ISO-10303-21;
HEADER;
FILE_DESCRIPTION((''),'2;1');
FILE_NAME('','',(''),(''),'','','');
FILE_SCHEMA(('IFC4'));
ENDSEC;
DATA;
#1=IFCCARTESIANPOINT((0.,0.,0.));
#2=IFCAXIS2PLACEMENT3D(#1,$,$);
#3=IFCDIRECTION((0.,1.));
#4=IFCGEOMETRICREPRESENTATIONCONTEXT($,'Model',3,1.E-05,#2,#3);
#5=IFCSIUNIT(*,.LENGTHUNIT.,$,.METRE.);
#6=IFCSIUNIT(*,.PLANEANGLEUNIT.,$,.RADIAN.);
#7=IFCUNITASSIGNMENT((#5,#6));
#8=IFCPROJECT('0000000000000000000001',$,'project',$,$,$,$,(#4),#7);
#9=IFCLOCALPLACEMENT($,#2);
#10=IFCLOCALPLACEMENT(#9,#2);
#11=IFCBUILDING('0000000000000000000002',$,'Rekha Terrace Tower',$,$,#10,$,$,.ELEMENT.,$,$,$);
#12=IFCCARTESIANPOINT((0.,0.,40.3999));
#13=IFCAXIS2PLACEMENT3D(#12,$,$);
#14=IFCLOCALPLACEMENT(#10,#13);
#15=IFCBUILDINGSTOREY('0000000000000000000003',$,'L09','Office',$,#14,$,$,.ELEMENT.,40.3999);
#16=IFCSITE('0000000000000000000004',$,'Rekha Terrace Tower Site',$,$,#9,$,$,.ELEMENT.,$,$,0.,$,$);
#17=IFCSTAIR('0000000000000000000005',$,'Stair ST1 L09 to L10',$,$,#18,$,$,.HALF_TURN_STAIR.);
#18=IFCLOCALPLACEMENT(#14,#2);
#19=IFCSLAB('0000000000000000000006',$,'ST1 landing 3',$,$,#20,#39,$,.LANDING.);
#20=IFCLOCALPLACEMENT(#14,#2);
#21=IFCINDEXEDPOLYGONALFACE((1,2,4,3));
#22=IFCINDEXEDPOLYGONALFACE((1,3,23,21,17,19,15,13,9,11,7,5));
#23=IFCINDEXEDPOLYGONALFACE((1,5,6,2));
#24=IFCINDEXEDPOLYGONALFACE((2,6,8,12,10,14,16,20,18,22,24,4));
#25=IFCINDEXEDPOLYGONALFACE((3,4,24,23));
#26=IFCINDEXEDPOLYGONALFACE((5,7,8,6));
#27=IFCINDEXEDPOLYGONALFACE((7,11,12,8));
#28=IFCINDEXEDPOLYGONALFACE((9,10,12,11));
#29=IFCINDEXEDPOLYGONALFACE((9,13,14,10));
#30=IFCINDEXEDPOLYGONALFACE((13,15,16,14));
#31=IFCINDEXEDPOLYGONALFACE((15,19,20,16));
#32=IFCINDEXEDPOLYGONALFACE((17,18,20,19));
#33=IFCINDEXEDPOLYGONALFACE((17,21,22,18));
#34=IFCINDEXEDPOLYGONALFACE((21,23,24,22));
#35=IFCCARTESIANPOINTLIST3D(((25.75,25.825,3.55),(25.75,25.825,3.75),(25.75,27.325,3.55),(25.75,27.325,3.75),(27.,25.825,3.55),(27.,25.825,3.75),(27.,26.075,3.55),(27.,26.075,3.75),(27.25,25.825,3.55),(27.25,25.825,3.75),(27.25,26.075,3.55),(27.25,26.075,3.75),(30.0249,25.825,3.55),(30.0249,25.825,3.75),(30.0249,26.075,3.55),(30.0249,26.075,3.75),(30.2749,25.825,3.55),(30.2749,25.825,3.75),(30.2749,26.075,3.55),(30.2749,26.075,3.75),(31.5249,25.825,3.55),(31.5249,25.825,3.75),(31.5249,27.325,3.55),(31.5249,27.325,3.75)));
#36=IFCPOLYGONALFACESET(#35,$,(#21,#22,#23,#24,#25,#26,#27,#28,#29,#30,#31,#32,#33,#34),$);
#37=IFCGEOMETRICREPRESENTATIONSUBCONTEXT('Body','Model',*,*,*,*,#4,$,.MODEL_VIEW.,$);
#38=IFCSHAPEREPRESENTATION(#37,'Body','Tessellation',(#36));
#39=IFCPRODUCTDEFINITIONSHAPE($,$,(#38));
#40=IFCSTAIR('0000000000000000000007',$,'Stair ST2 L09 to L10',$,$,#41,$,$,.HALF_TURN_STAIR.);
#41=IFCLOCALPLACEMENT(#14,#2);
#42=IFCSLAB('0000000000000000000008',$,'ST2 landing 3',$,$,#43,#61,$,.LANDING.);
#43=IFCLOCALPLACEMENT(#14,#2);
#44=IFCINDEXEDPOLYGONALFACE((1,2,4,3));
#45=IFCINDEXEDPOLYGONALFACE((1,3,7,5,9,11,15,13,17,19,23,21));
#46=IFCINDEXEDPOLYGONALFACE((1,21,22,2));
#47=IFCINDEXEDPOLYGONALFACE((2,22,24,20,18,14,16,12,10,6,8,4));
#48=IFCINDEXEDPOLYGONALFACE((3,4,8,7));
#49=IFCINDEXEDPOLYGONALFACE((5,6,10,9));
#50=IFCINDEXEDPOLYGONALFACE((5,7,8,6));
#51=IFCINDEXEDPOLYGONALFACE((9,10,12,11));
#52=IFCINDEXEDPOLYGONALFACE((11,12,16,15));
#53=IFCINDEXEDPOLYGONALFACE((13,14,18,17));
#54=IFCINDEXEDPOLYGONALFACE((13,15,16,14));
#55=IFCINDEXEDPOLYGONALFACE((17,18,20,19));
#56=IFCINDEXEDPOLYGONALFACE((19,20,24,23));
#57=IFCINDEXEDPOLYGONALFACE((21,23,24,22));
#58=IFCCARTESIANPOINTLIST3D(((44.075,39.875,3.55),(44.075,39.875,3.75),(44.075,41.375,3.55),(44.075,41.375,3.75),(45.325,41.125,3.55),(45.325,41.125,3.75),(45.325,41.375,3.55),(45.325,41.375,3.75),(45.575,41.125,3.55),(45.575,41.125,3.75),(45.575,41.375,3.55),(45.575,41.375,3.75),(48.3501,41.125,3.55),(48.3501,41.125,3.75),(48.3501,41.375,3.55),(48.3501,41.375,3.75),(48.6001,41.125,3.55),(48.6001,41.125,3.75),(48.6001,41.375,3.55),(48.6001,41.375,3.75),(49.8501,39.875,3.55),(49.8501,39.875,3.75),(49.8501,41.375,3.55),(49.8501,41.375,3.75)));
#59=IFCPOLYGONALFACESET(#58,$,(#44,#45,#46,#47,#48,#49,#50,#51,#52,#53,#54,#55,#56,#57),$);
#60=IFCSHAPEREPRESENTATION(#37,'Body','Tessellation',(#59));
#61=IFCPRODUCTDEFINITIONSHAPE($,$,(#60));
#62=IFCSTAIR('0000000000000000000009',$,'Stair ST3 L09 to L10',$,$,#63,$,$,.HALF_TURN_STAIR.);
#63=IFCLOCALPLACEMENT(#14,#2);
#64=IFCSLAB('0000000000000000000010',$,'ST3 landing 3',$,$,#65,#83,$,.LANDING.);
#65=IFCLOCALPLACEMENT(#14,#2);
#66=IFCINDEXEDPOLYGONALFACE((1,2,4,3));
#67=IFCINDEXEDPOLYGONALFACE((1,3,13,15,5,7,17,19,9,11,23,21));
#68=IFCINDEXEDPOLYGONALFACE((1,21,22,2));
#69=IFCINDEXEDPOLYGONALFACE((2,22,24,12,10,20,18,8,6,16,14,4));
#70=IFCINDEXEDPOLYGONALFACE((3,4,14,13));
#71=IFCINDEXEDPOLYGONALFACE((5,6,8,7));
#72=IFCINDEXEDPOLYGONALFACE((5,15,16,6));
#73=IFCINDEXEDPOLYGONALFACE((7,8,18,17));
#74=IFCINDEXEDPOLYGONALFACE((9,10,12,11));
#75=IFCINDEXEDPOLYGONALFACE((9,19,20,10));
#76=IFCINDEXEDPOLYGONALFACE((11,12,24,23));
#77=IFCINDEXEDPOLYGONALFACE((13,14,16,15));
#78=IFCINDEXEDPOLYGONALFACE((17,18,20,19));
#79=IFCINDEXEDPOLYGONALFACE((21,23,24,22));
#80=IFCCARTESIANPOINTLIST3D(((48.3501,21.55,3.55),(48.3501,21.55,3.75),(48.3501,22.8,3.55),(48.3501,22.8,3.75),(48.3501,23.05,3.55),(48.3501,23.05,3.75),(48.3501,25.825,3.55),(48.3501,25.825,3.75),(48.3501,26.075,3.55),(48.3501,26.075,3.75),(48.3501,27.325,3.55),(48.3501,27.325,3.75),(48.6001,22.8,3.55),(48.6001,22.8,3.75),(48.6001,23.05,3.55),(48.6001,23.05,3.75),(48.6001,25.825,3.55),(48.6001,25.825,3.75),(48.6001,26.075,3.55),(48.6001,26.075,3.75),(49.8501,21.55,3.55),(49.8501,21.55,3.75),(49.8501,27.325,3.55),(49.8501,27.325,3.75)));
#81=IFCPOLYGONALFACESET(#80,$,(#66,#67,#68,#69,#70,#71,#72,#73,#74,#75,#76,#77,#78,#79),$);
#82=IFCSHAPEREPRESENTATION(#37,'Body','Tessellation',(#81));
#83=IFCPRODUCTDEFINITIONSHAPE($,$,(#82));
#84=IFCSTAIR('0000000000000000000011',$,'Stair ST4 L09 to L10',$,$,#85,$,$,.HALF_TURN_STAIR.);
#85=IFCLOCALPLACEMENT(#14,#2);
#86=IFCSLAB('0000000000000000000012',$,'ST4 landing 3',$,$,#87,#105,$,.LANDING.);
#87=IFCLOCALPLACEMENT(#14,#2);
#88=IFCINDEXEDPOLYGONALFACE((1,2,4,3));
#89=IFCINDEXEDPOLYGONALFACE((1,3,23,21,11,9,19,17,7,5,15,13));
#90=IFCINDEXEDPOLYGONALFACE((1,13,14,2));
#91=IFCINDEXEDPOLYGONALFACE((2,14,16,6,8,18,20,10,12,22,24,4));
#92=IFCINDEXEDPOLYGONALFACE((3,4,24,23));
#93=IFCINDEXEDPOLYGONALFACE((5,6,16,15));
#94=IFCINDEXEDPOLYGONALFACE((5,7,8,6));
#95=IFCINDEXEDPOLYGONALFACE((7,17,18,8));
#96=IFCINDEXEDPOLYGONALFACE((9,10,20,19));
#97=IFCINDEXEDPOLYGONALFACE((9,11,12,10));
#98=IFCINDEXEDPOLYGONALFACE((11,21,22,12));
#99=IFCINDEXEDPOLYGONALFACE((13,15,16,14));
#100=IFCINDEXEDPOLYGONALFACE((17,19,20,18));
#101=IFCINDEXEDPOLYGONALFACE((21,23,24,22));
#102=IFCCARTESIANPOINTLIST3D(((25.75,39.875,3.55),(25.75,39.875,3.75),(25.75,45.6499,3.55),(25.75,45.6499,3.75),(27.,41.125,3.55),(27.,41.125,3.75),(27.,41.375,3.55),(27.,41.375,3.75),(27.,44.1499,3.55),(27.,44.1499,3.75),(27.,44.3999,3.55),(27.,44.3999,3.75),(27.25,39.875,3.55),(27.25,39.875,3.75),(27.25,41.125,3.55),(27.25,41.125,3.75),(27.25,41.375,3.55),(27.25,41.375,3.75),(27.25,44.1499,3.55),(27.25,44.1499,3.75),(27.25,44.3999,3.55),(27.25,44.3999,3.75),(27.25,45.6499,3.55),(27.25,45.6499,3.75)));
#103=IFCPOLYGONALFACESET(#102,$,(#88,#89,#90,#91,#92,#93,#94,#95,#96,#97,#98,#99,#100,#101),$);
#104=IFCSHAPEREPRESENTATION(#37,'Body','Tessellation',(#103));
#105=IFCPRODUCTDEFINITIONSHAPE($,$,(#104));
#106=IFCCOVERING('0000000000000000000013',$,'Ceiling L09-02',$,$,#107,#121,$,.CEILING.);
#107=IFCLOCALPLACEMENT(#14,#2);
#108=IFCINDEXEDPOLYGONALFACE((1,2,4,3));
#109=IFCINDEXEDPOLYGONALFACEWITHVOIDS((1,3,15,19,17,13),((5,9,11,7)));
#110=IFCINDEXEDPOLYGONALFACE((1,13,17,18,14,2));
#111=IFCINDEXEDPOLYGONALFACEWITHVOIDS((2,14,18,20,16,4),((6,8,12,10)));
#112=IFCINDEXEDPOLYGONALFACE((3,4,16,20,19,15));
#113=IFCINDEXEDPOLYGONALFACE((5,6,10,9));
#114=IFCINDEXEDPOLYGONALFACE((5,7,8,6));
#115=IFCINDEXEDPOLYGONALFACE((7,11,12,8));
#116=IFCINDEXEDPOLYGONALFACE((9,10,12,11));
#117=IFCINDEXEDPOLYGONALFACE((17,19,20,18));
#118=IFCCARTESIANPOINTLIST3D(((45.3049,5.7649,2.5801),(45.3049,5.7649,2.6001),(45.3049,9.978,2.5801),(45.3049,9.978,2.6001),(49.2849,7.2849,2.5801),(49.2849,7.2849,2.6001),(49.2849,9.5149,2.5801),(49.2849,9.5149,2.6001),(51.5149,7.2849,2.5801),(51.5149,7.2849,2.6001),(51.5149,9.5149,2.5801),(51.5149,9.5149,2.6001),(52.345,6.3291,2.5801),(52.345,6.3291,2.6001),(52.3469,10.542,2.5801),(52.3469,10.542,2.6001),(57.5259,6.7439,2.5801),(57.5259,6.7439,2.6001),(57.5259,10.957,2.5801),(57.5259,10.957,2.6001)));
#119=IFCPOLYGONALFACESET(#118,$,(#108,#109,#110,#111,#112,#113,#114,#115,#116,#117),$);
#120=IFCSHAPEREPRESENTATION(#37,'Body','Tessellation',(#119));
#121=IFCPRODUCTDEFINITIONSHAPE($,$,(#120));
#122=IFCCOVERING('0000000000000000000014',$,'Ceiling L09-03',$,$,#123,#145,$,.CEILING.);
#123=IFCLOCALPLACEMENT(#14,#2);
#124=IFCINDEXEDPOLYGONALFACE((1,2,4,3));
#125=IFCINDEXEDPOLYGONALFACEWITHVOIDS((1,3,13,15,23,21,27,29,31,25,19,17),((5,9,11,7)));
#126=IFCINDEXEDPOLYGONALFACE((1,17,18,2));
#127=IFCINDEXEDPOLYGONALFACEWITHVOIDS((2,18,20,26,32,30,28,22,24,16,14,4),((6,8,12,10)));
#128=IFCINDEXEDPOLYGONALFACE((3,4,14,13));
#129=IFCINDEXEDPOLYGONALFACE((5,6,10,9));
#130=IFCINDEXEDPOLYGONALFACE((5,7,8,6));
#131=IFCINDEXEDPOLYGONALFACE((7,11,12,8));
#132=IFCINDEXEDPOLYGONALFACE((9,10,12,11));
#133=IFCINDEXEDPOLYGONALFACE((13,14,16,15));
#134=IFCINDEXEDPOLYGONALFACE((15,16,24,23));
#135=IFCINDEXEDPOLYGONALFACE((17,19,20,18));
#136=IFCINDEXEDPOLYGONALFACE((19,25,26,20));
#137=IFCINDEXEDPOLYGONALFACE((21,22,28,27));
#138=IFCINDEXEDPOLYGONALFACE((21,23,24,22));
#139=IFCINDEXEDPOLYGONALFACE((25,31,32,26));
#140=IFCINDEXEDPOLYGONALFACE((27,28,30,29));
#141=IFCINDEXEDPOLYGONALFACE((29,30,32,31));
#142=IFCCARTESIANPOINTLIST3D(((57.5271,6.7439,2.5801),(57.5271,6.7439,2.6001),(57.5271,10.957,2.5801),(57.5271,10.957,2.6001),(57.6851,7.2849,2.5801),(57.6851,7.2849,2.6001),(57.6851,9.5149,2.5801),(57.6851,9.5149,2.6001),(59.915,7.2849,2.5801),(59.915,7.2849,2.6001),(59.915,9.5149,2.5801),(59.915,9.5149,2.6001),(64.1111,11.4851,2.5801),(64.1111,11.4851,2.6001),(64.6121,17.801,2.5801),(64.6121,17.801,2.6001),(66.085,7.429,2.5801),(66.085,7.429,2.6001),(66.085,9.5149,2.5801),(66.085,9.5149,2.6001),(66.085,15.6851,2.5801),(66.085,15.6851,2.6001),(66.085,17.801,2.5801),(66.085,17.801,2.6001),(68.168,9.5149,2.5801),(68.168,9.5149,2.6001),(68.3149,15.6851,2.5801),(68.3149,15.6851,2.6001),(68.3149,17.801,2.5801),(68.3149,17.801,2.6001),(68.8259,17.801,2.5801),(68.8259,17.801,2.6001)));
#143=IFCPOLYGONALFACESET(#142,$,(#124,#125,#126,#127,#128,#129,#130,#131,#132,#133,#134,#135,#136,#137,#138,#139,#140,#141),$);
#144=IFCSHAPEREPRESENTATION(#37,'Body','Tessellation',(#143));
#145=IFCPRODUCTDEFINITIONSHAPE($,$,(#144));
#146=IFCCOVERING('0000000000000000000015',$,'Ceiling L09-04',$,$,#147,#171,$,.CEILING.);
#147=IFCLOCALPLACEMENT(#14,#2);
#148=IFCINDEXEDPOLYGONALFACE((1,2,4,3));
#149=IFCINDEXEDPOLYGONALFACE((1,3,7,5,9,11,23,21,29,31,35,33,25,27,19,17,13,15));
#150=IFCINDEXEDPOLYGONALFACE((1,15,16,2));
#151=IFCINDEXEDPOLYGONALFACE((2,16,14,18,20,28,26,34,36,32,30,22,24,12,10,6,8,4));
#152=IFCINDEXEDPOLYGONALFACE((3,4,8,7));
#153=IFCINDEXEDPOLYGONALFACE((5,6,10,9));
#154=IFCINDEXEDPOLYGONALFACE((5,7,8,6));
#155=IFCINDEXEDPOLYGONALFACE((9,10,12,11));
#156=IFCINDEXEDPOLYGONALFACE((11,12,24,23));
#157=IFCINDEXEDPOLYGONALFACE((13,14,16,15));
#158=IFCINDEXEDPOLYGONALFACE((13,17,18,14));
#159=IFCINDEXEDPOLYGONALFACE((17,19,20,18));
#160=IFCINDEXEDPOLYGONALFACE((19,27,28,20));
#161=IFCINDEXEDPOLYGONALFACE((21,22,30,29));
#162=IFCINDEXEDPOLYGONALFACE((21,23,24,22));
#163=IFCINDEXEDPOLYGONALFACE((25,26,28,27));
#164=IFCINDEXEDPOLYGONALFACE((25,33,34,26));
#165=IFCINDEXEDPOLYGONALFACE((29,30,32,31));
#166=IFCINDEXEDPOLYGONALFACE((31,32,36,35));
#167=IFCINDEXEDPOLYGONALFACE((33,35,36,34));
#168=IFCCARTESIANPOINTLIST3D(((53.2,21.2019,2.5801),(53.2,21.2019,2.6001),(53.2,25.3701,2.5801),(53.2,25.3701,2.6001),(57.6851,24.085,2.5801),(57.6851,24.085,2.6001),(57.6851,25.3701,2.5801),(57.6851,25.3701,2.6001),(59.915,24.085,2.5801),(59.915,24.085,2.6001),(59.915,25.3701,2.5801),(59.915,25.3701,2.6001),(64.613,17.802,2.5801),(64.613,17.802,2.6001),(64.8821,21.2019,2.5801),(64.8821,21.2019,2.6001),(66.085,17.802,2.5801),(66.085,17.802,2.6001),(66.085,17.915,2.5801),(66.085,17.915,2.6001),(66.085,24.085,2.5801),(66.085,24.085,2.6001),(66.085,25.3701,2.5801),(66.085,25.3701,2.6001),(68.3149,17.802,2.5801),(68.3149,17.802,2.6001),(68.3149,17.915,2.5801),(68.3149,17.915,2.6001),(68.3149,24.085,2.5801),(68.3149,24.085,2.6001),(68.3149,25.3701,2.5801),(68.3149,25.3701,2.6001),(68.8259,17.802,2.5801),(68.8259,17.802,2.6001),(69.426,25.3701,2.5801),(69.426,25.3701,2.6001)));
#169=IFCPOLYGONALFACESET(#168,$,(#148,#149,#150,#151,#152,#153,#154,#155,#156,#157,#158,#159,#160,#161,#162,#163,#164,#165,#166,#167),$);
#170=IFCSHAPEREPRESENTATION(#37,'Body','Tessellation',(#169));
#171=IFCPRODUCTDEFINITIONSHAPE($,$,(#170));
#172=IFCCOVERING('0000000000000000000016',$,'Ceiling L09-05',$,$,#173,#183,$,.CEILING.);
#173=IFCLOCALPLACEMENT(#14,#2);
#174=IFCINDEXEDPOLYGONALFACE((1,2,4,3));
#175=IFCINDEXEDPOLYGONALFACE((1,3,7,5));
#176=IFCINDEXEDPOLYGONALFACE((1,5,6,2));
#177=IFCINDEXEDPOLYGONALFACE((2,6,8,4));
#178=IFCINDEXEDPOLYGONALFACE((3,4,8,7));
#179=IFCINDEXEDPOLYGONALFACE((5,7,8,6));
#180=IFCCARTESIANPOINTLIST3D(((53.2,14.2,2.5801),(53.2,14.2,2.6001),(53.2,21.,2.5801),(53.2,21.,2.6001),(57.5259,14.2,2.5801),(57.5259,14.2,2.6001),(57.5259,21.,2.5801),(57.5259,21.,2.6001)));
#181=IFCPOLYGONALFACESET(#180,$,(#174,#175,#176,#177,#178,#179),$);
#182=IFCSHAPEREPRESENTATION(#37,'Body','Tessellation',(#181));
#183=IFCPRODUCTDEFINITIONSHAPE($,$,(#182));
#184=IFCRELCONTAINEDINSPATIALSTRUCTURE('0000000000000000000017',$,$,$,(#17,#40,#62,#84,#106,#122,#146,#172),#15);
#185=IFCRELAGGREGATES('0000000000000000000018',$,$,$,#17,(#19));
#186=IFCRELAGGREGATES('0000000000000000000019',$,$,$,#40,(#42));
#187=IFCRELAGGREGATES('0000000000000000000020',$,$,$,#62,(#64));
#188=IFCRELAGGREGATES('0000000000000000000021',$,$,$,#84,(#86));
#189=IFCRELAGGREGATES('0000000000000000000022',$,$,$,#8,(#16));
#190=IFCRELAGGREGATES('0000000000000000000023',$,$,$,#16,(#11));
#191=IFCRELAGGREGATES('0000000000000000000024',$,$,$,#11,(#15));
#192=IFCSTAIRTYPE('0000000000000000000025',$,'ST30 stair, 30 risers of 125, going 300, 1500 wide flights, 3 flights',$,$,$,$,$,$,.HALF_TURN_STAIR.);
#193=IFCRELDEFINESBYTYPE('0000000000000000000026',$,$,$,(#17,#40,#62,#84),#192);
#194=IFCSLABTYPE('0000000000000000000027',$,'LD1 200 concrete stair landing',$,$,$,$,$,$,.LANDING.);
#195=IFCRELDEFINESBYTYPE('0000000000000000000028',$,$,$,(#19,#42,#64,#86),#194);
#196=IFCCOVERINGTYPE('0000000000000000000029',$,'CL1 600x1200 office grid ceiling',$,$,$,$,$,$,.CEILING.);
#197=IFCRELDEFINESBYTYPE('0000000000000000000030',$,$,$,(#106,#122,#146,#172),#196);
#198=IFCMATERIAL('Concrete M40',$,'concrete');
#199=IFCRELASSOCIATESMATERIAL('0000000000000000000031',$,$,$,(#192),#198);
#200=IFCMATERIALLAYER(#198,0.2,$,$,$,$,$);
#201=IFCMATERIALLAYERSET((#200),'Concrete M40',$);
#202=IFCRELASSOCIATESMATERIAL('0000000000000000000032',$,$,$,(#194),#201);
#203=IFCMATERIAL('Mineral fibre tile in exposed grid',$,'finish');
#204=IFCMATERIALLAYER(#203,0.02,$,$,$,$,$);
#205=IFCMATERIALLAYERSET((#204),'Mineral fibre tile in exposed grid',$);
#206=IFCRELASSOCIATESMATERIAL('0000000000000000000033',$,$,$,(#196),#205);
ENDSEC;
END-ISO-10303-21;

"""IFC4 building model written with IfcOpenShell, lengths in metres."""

from ifc_helpers import new_model, si_unit, direction, frame, origin, place, context, subcontext, project, spatial, polyline, outline, extrude, material, layer, layer_set, type_object, element, aggregate, save


model = new_model("IFC4")

# Units and contexts
model_context = context("Model", 3, precision=1e-05, world=origin(), true_north=direction((0.0, 1.0)))
body_context = subcontext(model_context, "Body", "Model", "MODEL_VIEW")
ifc_project = project(units=[si_unit("LENGTHUNIT", "METRE"), si_unit("PLANEANGLEUNIT", "RADIAN")], contexts=[model_context])

# Site, building, storey
site_placement = place(None, origin())
site = spatial("IfcSite", under=ifc_project, at=site_placement, Name="Rekha Terrace Tower Site", CompositionType="ELEMENT", RefElevation=0.0)
building_placement = place(site_placement, origin())
building = spatial("IfcBuilding", under=site, at=building_placement, Name="Rekha Terrace Tower", CompositionType="ELEMENT")
storey_placement = place(building_placement, frame((0.0, 0.0, 40.3999)))
storey = spatial("IfcBuildingStorey", under=building, at=storey_placement, Name="L09", Description="Office", CompositionType="ELEMENT", Elevation=40.3999)

# Stairs, slabs
ifc_material_1 = material(Name="Concrete M40", Category="concrete")
stair_type = type_object("IfcStairType", Name="ST30 stair, 30 risers of 125, going 300, 1500 wide flights, 3 flights", PredefinedType="HALF_TURN_STAIR", material=ifc_material_1)
stair_1_placement = place(storey_placement, origin())
stair_1 = element("IfcStair", 1, at=stair_1_placement, inside=storey, type_object=stair_type, Name="Stair ST1 L09 to L10", PredefinedType="HALF_TURN_STAIR")
ifc_layer_1 = layer(ifc_material_1, 0.2)
ifc_layer_set_1 = layer_set([ifc_layer_1], Name="Concrete M40")
slab_type = type_object("IfcSlabType", Name="LD1 200 concrete stair landing", PredefinedType="LANDING", material=ifc_layer_set_1)
slab_1_placement = place(storey_placement, frame((0.0, 0.0, 3.55)))
slab_1 = element("IfcSlab", 2, at=slab_1_placement, type_object=slab_type, Name="ST1 landing 3", PredefinedType="LANDING", context=body_context, shape_type="SweptSolid", body=[
    extrude(outline(polyline([(31.5249, 25.825), (31.5249, 27.325), (25.75, 27.325), (25.75, 25.825), (27.0, 25.825), (27.0, 26.075), (27.25, 26.075), (27.25, 25.825), (30.0249, 25.825), (30.0249, 26.075), (30.2749, 26.075), (30.2749, 25.825), (31.5249, 25.825)])), origin(), (0.0, 0.0, 1.0), 0.2),
])
aggregate(stair_1, [slab_1])
stair_2_placement = place(storey_placement, origin())
stair_2 = element("IfcStair", 3, at=stair_2_placement, inside=storey, type_object=stair_type, Name="Stair ST2 L09 to L10", PredefinedType="HALF_TURN_STAIR")
slab_2_placement = place(storey_placement, frame((0.0, 0.0, 3.55)))
slab_2 = element("IfcSlab", 4, at=slab_2_placement, type_object=slab_type, Name="ST2 landing 3", PredefinedType="LANDING", context=body_context, shape_type="SweptSolid", body=[
    extrude(outline(polyline([(44.075, 41.375), (44.075, 39.875), (49.8501, 39.875), (49.8501, 41.375), (48.6001, 41.375), (48.6001, 41.125), (48.3501, 41.125), (48.3501, 41.375), (45.575, 41.375), (45.575, 41.125), (45.325, 41.125), (45.325, 41.375), (44.075, 41.375)])), origin(), (0.0, 0.0, 1.0), 0.2),
])
aggregate(stair_2, [slab_2])
stair_3_placement = place(storey_placement, origin())
stair_3 = element("IfcStair", 5, at=stair_3_placement, inside=storey, type_object=stair_type, Name="Stair ST3 L09 to L10", PredefinedType="HALF_TURN_STAIR")
slab_3_placement = place(storey_placement, frame((0.0, 0.0, 3.55)))
slab_3 = element("IfcSlab", 6, at=slab_3_placement, type_object=slab_type, Name="ST3 landing 3", PredefinedType="LANDING", context=body_context, shape_type="SweptSolid", body=[
    extrude(outline(polyline([(48.3501, 21.55), (49.8501, 21.55), (49.8501, 27.325), (48.3501, 27.325), (48.3501, 26.075), (48.6001, 26.075), (48.6001, 25.825), (48.3501, 25.825), (48.3501, 23.05), (48.6001, 23.05), (48.6001, 22.8), (48.3501, 22.8), (48.3501, 21.55)])), origin(), (0.0, 0.0, 1.0), 0.2),
])
aggregate(stair_3, [slab_3])
stair_4_placement = place(storey_placement, origin())
stair_4 = element("IfcStair", 7, at=stair_4_placement, inside=storey, type_object=stair_type, Name="Stair ST4 L09 to L10", PredefinedType="HALF_TURN_STAIR")
slab_4_placement = place(storey_placement, frame((0.0, 0.0, 3.55)))
slab_4 = element("IfcSlab", 8, at=slab_4_placement, type_object=slab_type, Name="ST4 landing 3", PredefinedType="LANDING", context=body_context, shape_type="SweptSolid", body=[
    extrude(outline(polyline([(27.25, 39.875), (25.75, 39.875), (25.75, 45.6499), (27.25, 45.6499), (27.25, 44.3999), (27.0, 44.3999), (27.0, 44.1499), (27.25, 44.1499), (27.25, 41.375), (27.0, 41.375), (27.0, 41.125), (27.25, 41.125), (27.25, 39.875)])), origin(), (0.0, 0.0, 1.0), 0.2),
])
aggregate(stair_4, [slab_4])

# Coverings
ifc_material_2 = material(Name="Mineral fibre tile in exposed grid", Category="finish")
ifc_layer_2 = layer(ifc_material_2, 0.02)
ifc_layer_set_2 = layer_set([ifc_layer_2], Name="Mineral fibre tile in exposed grid")
covering_type_1 = type_object("IfcCoveringType", Name="CL1 600x1200 office grid ceiling", PredefinedType="CEILING", material=ifc_layer_set_2)
covering_1_placement = place(storey_placement, frame((0.0, 0.0, 2.5801)))
element("IfcCovering", 9, at=covering_1_placement, inside=storey, type_object=covering_type_1, Name="Ceiling L09-02", PredefinedType="CEILING", context=body_context, shape_type="SweptSolid", body=[
    extrude(outline(polyline([(52.3469, 10.542), (45.3049, 9.978), (45.3049, 5.7649), (52.345, 6.3291), (57.5259, 6.7439), (57.5259, 10.957), (52.3469, 10.542)]), holes=[polyline([(51.5149, 7.2849), (49.2849, 7.2849), (49.2849, 9.5149), (51.5149, 9.5149), (51.5149, 7.2849)])]), origin(), (0.0, 0.0, 1.0), 0.02),
])
covering_2_placement = place(storey_placement, frame((0.0, 0.0, 2.5801)))
element("IfcCovering", 10, at=covering_2_placement, inside=storey, type_object=covering_type_1, Name="Ceiling L09-03", PredefinedType="CEILING", context=body_context, shape_type="SweptSolid", body=[
    extrude(outline(polyline([(66.085, 15.6851), (66.085, 17.801), (64.6121, 17.801), (64.1111, 11.4851), (57.5271, 10.957), (57.5271, 6.7439), (66.085, 7.429), (66.085, 9.5149), (68.168, 9.5149), (68.8259, 17.801), (68.3149, 17.801), (68.3149, 15.6851), (66.085, 15.6851)]), holes=[polyline([(59.915, 7.2849), (57.6851, 7.2849), (57.6851, 9.5149), (59.915, 9.5149), (59.915, 7.2849)])]), origin(), (0.0, 0.0, 1.0), 0.02),
])
covering_3_placement = place(storey_placement, frame((0.0, 0.0, 2.5801)))
element("IfcCovering", 11, at=covering_3_placement, inside=storey, type_object=covering_type_1, Name="Ceiling L09-04", PredefinedType="CEILING", context=body_context, shape_type="SweptSolid", body=[
    extrude(outline(polyline([(57.6851, 25.3701), (53.2, 25.3701), (53.2, 21.2019), (64.8821, 21.2019), (64.613, 17.802), (66.085, 17.802), (66.085, 17.915), (68.3149, 17.915), (68.3149, 17.802), (68.8259, 17.802), (69.426, 25.3701), (68.3149, 25.3701), (68.3149, 24.085), (66.085, 24.085), (66.085, 25.3701), (59.915, 25.3701), (59.915, 24.085), (57.6851, 24.085), (57.6851, 25.3701)])), origin(), (0.0, 0.0, 1.0), 0.02),
])
covering_4_placement = place(storey_placement, frame((0.0, 0.0, 2.5801)))
element("IfcCovering", 12, at=covering_4_placement, inside=storey, type_object=covering_type_1, Name="Ceiling L09-05", PredefinedType="CEILING", context=body_context, shape_type="SweptSolid", body=[
    extrude(outline(polyline([(53.2, 14.2), (57.5259, 14.2), (57.5259, 21.0), (53.2, 21.0), (53.2, 14.2)])), origin(), (0.0, 0.0, 1.0), 0.02),
])

save(model, "model.ifc")
